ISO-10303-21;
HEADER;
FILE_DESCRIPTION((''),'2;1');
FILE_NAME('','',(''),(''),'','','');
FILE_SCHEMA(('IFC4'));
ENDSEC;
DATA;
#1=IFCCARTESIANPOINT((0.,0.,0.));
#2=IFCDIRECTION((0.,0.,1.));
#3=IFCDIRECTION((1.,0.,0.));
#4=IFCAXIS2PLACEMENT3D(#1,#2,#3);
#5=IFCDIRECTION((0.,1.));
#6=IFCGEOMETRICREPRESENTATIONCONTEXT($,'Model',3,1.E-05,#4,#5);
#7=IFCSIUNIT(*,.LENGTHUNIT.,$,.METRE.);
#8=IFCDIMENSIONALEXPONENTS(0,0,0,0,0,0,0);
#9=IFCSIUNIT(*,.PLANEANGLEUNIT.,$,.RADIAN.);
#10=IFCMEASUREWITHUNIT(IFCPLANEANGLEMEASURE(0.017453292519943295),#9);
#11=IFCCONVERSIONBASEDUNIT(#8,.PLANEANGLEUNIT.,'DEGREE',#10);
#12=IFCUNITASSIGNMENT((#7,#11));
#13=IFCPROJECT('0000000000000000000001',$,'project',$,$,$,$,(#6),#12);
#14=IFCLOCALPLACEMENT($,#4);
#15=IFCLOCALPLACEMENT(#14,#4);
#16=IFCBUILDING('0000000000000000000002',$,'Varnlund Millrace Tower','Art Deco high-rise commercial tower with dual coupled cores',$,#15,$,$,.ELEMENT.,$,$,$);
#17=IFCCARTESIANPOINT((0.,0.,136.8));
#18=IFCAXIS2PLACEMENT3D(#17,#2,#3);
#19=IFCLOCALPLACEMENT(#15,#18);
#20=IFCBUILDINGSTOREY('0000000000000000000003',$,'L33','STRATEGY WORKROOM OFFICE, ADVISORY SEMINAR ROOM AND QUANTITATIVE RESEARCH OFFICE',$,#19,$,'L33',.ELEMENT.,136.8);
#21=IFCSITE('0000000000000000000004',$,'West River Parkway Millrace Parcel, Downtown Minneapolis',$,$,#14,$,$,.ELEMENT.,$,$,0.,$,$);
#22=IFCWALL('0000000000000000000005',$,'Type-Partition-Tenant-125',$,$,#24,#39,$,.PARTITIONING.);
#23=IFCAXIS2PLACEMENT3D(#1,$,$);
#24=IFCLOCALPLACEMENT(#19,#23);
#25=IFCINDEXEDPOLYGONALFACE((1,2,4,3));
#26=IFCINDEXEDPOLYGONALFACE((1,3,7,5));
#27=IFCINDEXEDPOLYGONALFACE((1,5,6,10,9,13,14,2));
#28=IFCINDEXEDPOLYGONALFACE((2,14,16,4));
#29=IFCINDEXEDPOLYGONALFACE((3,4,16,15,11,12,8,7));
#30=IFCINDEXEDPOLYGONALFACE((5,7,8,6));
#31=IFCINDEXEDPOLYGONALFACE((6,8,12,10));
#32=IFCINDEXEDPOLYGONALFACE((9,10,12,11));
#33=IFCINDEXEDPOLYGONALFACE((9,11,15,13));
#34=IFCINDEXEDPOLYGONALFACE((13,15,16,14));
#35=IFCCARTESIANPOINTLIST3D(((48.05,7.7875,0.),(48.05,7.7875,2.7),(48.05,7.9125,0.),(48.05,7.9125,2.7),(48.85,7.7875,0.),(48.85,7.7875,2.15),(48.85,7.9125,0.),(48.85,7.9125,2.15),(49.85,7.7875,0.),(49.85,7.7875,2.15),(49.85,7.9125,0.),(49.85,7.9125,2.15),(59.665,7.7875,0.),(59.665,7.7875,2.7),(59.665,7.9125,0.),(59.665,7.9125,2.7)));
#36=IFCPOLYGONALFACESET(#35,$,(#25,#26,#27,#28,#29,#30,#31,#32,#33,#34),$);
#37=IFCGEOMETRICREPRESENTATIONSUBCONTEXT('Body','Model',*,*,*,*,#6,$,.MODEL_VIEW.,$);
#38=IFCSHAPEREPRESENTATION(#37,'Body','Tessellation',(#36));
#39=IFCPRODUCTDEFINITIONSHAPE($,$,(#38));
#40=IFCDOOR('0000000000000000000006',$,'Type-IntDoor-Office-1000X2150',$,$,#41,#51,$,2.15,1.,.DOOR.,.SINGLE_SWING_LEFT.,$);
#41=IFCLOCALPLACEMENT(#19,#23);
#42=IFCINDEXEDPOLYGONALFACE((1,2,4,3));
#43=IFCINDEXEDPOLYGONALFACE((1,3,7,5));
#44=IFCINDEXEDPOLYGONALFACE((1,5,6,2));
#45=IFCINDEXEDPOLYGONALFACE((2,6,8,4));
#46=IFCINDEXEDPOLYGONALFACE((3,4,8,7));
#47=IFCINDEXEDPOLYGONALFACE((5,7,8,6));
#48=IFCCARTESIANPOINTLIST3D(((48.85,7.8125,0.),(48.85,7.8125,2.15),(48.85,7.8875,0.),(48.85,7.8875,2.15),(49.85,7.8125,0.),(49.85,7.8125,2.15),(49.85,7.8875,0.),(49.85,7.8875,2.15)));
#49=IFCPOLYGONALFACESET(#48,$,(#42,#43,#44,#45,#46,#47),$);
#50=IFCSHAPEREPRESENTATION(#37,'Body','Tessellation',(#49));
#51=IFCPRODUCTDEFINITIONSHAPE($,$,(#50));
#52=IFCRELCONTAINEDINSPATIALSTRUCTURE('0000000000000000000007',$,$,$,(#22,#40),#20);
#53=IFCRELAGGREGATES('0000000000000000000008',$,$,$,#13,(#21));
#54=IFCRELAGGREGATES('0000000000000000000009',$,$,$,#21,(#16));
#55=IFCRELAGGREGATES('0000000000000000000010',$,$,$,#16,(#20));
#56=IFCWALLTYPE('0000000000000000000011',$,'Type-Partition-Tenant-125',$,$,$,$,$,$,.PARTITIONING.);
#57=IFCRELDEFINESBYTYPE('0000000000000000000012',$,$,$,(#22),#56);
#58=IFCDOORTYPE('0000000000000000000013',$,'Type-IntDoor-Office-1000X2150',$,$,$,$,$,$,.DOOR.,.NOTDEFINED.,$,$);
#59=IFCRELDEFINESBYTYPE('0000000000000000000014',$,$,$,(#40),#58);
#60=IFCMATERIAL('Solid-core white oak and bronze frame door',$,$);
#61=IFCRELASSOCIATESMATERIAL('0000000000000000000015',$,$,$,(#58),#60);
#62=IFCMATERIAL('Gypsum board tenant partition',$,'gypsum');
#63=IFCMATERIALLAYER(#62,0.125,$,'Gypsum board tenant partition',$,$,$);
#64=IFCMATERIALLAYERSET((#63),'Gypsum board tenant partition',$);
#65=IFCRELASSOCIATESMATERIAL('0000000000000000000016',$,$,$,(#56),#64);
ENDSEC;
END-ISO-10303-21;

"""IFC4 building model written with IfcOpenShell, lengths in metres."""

from ifc_helpers import new_model, entity, si_unit, converted_unit, direction, frame, origin_with_axes, origin_2d_with_axis, place, context, subcontext, project, spatial, polyline, rectangle, outline, extrude, material, layer, layer_set, type_object, element, fill, save


model = new_model("IFC4")

# Units and contexts
model_context = context("Model", 3, precision=1e-05, world=origin_with_axes(), true_north=direction((0.0, 1.0)))
body_context = subcontext(model_context, "Body", "Model", "MODEL_VIEW")
ifc_project = project(units=[si_unit("LENGTHUNIT", "METRE"), converted_unit("PLANEANGLEUNIT", "DEGREE", entity("IfcPlaneAngleMeasure", 0.017453292519943295), si_unit("PLANEANGLEUNIT", "RADIAN"), dimensions=[0, 0, 0, 0, 0, 0, 0])], contexts=[model_context])

# Site, building, storey
site_placement = place(None, origin_with_axes())
site = spatial("IfcSite", under=ifc_project, at=site_placement, Name="West River Parkway Millrace Parcel, Downtown Minneapolis", CompositionType="ELEMENT", RefElevation=0.0)
building_placement = place(site_placement, origin_with_axes())
building = spatial("IfcBuilding", under=site, at=building_placement, Name="Varnlund Millrace Tower", Description="Art Deco high-rise commercial tower with dual coupled cores", CompositionType="ELEMENT")
storey_placement = place(building_placement, frame((0.0, 0.0, 136.8), z_axis=(0.0, 0.0, 1.0), x_axis=(1.0, 0.0, 0.0)))
storey = spatial("IfcBuildingStorey", under=building, at=storey_placement, Name="L33", Description="STRATEGY WORKROOM OFFICE, ADVISORY SEMINAR ROOM AND QUANTITATIVE RESEARCH OFFICE", LongName="L33", CompositionType="ELEMENT", Elevation=136.8)

# Shared definitions
ifc_material_1 = material(Name="Solid-core white oak and bronze frame door")
door_type = type_object("IfcDoorType", Name="Type-IntDoor-Office-1000X2150", OperationType="NOTDEFINED", PredefinedType="DOOR", material=ifc_material_1)

# Wall, opening, door
ifc_material_2 = material(Name="Gypsum board tenant partition", Category="gypsum")
ifc_layer_1 = layer(ifc_material_2, 0.125, Name="Gypsum board tenant partition")
ifc_layer_set_1 = layer_set([ifc_layer_1], Name="Gypsum board tenant partition")
wall_type_1 = type_object("IfcWallType", Name="Type-Partition-Tenant-125", PredefinedType="PARTITIONING", material=ifc_layer_set_1)
wall_1_placement = place(storey_placement, frame((59.665, 7.85, 0.0), z_axis=(0.0, 0.0, 1.0), x_axis=(-1.0, 0.0, 0.0)))
wall_1 = element("IfcWall", 1, at=wall_1_placement, inside=storey, type_object=wall_type_1, Name="Type-Partition-Tenant-125", PredefinedType="PARTITIONING", context=body_context, shape_type="SweptSolid", body=[
    extrude(outline(polyline([(0.0, -0.0625), (11.615, -0.0625), (11.615, 0.0625), (0.0, 0.0625), (0.0, -0.0625)])), origin_with_axes(), (0.0, 0.0, 1.0), 2.7),
])
opening_1_placement = place(wall_1_placement, frame((10.315, 0.0, 0.0), z_axis=(0.0, 0.0, 1.0), x_axis=(1.0, 0.0, 0.0)))
opening_1 = element("IfcOpeningElement", 2, at=opening_1_placement, cuts=wall_1, PredefinedType="OPENING", context=body_context, shape_type="SweptSolid", body=[
    extrude(rectangle(XDim=1.0, YDim=0.145, at=origin_2d_with_axis()), origin_with_axes(), (0.0, 0.0, 1.0), 2.15),
])
door_1_placement = place(wall_1_placement, frame((10.315, 0.0, 0.0), z_axis=(0.0, 0.0, 1.0), x_axis=(1.0, 0.0, 0.0)))
door_1 = element("IfcDoor", 3, at=door_1_placement, inside=storey, type_object=door_type, Name="Type-IntDoor-Office-1000X2150", OperationType="SINGLE_SWING_LEFT", OverallHeight=2.15, OverallWidth=1.0, PredefinedType="DOOR", context=body_context, shape_type="SweptSolid", body=[
    extrude(rectangle(XDim=1.0, YDim=0.075, at=origin_2d_with_axis()), origin_with_axes(), (0.0, 0.0, 1.0), 2.15),
])
fill(opening_1, door_1)

save(model, "model.ifc")
